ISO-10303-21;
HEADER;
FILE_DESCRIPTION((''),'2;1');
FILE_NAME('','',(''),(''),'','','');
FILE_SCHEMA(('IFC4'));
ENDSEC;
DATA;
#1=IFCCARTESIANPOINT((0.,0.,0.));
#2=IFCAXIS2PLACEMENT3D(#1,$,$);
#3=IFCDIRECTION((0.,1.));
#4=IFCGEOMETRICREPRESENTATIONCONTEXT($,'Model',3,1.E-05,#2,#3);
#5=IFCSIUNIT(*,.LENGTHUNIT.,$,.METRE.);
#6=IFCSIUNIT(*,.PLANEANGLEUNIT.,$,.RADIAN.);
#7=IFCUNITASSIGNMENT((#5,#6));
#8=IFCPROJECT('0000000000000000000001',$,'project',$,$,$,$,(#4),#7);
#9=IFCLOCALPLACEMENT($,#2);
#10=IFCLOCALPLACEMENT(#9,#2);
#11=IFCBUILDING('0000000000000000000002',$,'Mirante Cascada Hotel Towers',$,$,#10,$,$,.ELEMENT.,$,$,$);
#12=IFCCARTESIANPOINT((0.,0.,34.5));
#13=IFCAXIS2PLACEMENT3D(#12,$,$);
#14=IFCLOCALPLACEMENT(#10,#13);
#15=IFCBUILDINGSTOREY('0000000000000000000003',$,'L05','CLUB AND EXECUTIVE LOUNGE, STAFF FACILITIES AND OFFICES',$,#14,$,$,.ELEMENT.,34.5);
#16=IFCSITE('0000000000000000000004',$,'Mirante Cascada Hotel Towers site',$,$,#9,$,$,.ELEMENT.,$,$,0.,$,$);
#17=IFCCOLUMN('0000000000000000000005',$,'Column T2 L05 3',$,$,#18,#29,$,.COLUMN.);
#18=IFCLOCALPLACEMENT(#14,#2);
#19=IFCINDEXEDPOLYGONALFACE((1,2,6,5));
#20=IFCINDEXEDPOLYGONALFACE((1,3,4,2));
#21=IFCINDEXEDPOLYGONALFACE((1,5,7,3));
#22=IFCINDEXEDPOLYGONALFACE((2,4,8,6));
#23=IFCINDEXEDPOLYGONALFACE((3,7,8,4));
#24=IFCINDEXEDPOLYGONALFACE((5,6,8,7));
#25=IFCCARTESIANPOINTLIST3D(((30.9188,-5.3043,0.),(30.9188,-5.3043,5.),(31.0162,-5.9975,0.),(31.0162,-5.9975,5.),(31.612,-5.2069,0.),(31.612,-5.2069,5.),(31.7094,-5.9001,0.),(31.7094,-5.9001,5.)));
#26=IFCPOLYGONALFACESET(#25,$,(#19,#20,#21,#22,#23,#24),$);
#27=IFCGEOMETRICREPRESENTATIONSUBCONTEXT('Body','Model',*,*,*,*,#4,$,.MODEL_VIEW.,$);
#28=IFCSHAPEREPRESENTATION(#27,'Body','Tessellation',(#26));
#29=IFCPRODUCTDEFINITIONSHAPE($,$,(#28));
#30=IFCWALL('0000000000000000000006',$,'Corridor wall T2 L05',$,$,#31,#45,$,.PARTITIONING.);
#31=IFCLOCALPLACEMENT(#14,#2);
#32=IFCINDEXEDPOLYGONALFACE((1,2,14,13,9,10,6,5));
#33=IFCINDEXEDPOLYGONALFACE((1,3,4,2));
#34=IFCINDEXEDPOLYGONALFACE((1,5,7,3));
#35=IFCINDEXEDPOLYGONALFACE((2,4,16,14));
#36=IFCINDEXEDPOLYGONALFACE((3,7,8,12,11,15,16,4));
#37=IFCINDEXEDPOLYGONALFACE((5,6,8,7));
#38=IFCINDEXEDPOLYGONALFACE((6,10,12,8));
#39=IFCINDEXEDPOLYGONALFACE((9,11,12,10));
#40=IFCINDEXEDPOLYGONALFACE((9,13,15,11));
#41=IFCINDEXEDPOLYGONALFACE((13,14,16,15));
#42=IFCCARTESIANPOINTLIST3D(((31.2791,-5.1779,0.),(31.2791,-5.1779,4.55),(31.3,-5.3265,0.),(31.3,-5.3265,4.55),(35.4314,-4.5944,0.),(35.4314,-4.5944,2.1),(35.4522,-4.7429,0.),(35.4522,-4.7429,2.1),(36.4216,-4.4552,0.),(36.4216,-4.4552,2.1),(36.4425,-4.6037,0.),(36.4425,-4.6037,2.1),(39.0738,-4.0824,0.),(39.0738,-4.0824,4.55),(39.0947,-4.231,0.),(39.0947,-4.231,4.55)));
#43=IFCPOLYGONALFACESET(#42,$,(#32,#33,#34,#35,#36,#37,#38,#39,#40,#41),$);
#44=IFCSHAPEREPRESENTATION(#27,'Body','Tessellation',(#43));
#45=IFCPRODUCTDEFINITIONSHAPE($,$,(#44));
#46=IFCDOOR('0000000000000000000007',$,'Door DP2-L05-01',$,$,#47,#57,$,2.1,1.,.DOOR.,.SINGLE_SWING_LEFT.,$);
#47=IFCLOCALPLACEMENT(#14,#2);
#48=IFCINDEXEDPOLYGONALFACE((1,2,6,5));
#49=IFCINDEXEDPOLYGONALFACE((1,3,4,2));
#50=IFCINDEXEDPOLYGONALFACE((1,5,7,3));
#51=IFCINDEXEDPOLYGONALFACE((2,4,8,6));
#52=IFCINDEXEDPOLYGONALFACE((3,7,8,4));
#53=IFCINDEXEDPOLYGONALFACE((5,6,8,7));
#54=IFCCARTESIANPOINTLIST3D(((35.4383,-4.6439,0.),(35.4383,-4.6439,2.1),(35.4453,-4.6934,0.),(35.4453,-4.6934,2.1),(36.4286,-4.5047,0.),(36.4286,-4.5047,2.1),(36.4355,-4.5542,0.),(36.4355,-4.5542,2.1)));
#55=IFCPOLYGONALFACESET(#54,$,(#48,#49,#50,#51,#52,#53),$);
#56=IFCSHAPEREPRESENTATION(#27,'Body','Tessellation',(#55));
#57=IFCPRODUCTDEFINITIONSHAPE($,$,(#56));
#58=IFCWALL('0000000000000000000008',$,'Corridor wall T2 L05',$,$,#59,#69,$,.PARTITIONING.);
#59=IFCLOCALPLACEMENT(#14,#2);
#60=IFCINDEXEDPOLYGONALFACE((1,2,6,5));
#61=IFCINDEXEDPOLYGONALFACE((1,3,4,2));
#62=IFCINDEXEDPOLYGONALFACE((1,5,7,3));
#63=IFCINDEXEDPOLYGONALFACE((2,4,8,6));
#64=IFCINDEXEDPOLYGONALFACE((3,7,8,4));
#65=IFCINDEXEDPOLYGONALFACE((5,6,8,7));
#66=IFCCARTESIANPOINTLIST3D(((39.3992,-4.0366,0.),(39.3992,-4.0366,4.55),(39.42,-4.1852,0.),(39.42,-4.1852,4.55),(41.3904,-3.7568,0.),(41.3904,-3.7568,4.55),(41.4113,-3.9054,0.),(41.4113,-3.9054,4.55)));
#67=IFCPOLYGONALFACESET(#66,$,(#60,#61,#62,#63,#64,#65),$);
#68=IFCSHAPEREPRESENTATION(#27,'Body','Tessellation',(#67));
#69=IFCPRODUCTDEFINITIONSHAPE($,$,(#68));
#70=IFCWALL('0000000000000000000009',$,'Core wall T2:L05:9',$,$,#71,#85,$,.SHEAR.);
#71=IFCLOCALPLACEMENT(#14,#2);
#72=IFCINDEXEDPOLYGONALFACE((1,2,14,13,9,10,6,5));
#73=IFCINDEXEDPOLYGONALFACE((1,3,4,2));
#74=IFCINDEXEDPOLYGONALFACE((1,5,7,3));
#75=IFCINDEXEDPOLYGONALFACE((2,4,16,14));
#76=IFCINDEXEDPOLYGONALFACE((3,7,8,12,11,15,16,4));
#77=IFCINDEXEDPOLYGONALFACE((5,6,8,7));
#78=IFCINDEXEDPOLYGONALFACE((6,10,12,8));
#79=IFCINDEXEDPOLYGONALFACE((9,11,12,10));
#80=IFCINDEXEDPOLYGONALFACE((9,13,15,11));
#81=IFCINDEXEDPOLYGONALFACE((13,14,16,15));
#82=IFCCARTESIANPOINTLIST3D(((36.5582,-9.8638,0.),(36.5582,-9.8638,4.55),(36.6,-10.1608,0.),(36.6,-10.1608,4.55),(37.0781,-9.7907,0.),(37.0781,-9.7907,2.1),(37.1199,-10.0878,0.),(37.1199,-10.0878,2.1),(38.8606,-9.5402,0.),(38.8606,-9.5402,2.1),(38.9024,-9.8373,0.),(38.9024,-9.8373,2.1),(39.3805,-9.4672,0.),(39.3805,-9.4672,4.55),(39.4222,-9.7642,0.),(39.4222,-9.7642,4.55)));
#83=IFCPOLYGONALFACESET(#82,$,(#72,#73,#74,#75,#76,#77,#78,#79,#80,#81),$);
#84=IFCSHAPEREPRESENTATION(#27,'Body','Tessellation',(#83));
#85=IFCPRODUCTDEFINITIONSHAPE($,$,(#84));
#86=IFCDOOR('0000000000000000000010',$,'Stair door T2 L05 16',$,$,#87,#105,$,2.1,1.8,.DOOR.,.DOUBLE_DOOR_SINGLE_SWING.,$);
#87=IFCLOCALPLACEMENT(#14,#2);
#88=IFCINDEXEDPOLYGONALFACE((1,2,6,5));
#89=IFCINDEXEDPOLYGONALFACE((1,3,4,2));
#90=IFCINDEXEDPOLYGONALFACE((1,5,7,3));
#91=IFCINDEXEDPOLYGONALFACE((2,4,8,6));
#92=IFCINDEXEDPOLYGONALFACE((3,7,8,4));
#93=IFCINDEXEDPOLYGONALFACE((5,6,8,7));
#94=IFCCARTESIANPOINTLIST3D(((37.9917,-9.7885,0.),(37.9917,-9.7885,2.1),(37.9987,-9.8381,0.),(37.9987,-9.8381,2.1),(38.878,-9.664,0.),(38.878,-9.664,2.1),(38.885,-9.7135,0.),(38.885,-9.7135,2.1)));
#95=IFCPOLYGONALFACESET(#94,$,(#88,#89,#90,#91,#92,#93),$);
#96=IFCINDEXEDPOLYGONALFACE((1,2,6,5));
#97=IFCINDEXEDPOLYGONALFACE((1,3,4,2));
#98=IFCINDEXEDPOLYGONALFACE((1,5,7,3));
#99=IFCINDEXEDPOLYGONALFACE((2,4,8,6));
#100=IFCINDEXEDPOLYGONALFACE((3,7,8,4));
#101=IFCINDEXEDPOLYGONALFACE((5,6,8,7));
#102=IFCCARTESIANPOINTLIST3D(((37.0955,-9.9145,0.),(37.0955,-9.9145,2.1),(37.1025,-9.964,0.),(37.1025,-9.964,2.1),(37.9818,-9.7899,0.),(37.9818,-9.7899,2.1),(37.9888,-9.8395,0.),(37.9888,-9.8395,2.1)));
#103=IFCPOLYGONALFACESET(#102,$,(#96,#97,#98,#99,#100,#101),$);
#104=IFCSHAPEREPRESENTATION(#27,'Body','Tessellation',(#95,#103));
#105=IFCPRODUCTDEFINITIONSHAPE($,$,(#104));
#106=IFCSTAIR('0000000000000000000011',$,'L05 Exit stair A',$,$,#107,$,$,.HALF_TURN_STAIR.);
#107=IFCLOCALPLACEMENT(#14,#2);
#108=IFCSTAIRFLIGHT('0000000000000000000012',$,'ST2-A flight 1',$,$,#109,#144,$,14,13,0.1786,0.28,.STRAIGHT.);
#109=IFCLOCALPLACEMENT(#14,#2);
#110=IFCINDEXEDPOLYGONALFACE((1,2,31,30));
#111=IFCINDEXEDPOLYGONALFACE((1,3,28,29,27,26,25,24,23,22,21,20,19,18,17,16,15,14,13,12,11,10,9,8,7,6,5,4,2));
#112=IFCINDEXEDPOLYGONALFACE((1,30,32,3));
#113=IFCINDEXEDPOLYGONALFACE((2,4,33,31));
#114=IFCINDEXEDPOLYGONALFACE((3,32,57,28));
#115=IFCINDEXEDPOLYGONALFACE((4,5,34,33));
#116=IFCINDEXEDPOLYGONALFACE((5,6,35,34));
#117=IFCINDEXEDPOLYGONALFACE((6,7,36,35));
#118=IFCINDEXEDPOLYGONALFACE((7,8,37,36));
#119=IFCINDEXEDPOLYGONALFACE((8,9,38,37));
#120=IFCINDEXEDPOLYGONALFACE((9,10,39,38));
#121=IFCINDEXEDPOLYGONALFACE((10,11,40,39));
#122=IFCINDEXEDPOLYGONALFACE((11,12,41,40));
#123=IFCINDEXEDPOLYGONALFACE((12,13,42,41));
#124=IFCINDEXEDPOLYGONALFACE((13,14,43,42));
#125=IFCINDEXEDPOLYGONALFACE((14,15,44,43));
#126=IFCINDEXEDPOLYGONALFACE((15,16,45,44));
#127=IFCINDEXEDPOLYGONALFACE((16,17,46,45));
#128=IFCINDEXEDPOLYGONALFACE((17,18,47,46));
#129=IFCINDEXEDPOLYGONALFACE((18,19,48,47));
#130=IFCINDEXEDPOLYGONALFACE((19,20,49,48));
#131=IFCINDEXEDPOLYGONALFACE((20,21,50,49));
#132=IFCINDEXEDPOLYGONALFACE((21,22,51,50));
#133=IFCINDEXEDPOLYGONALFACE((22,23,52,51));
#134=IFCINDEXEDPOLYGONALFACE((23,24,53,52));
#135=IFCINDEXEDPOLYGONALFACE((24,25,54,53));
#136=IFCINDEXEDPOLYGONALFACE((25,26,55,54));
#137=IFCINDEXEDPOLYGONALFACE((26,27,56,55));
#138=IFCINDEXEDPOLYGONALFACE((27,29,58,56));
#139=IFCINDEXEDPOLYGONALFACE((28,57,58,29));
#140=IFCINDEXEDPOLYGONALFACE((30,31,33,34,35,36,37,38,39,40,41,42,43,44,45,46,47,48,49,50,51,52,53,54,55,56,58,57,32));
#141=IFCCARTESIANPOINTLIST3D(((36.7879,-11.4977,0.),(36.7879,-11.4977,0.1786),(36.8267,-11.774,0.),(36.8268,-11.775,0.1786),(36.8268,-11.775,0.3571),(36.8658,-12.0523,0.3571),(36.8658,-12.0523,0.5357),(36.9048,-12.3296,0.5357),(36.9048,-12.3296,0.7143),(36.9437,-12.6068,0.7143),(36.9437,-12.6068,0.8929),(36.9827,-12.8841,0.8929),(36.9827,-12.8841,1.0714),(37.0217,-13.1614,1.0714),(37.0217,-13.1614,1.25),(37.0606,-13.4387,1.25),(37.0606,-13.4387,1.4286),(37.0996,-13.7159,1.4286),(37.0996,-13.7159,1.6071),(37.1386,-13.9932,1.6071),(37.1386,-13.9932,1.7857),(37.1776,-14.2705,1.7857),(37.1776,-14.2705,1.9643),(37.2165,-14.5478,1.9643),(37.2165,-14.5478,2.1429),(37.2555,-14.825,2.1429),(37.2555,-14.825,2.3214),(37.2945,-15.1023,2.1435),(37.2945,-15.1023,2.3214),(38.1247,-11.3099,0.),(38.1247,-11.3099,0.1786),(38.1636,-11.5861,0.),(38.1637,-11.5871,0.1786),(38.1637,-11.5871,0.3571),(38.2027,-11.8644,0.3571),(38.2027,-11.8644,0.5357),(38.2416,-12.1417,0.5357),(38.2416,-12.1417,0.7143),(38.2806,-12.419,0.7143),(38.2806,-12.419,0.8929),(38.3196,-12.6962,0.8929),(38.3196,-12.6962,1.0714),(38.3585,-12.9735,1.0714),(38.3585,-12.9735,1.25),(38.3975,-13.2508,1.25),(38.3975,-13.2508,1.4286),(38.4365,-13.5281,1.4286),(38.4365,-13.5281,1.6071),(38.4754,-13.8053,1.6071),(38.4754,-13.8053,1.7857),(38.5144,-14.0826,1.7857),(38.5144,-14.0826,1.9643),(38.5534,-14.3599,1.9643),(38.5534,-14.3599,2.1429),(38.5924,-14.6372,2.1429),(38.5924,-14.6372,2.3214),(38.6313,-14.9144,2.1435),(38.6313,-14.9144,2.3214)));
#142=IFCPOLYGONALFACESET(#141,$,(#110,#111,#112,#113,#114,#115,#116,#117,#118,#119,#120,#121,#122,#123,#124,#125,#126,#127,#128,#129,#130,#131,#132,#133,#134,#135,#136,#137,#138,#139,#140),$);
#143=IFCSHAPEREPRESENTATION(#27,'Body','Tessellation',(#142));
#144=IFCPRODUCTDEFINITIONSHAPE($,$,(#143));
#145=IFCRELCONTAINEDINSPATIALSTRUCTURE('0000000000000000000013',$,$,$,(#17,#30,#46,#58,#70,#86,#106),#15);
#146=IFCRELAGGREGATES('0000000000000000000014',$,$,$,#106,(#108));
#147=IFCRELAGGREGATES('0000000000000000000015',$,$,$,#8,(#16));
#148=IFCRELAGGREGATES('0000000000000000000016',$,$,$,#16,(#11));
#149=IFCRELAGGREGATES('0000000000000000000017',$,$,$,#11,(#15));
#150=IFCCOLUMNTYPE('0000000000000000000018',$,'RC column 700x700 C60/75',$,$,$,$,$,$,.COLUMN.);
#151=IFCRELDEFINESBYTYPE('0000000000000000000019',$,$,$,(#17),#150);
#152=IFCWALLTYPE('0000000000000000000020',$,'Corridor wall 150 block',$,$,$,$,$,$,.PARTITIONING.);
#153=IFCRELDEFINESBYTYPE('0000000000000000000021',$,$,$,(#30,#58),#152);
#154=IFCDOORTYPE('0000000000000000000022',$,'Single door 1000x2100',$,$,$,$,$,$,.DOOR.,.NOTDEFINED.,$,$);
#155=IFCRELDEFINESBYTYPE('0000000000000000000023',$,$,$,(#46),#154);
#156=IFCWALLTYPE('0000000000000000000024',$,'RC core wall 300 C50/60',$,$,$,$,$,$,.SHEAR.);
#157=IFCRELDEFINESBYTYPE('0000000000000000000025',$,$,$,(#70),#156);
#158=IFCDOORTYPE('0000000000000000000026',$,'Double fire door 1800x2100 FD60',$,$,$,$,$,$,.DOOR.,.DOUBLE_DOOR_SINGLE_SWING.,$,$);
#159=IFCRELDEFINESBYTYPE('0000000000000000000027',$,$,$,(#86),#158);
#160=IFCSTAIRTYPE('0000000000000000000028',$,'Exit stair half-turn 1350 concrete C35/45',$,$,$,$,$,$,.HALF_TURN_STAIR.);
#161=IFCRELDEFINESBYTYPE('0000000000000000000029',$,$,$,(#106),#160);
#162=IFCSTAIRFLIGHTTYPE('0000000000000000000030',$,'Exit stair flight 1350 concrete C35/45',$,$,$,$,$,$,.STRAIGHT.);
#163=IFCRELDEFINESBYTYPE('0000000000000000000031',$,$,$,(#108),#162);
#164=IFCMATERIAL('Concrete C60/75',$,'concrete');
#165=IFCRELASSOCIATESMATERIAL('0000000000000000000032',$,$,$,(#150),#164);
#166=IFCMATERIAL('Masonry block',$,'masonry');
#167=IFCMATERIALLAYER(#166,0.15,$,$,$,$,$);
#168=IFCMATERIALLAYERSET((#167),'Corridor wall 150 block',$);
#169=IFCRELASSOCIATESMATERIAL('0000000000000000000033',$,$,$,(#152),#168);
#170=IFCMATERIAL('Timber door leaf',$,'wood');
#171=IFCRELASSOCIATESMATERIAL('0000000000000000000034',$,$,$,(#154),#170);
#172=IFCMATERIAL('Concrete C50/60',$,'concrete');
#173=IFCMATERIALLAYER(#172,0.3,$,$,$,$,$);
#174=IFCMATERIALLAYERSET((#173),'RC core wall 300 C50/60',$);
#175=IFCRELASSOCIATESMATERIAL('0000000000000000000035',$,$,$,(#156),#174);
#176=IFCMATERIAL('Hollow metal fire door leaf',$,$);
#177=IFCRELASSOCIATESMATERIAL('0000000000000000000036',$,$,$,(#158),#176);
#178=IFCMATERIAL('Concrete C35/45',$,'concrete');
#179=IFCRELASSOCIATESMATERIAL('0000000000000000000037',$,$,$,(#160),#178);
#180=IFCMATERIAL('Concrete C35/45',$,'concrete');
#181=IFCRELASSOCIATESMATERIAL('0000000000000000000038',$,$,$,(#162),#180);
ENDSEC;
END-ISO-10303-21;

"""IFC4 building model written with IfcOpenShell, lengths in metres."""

from ifc_helpers import new_model, si_unit, direction, frame, frame_2d, origin, origin_2d, place, context, subcontext, project, spatial, polyline, rectangle, outline, extrude, material, layer, layer_set, material_profile, profile_set, type_object, element, fill, aggregate, save


model = new_model("IFC4")

# Units and contexts
model_context = context("Model", 3, precision=1e-05, world=origin(), true_north=direction((0.0, 1.0)))
body_context = subcontext(model_context, "Body", "Model", "MODEL_VIEW")
ifc_project = project(units=[si_unit("LENGTHUNIT", "METRE"), si_unit("PLANEANGLEUNIT", "RADIAN")], contexts=[model_context])

# Site, building, storey
site_placement = place(None, origin())
site = spatial("IfcSite", under=ifc_project, at=site_placement, Name="Mirante Cascada Hotel Towers site", CompositionType="ELEMENT", RefElevation=0.0)
building_placement = place(site_placement, origin())
building = spatial("IfcBuilding", under=site, at=building_placement, Name="Mirante Cascada Hotel Towers", CompositionType="ELEMENT")
storey_placement = place(building_placement, frame((0.0, 0.0, 34.5)))
storey = spatial("IfcBuildingStorey", under=building, at=storey_placement, Name="L05", Description="CLUB AND EXECUTIVE LOUNGE, STAFF FACILITIES AND OFFICES", CompositionType="ELEMENT", Elevation=34.5)

# Column
ifc_material_1 = material(Name="Concrete C60/75", Category="concrete")
ifc_material_profile = material_profile(ifc_material_1, rectangle(XDim=0.7, YDim=0.7, at=origin_2d()), Name="RC column 700x700 C60/75")
ifc_profile_set = profile_set([ifc_material_profile], Name="Concrete C60/75")
column_type = type_object("IfcColumnType", Name="RC column 700x700 C60/75", PredefinedType="COLUMN", material=ifc_profile_set)
column_placement = place(storey_placement, frame((31.3141, -5.6022, 0.0), z_axis=(0.0, 0.0, 1.0), x_axis=(0.990268, 0.139173, 0.0)))
element("IfcColumn", 1, at=column_placement, inside=storey, type_object=column_type, Name="Column T2 L05 3", PredefinedType="COLUMN", context=body_context, shape_type="SweptSolid", body=[
    extrude(rectangle(XDim=0.7, YDim=0.7, at=origin_2d()), origin(), (0.0, 0.0, 1.0), 5.0),
])

# Wall, opening, door
ifc_material_2 = material(Name="Masonry block", Category="masonry")
ifc_layer_1 = layer(ifc_material_2, 0.15)
ifc_layer_set_1 = layer_set([ifc_layer_1], Name="Corridor wall 150 block")
wall_type_1 = type_object("IfcWallType", Name="Corridor wall 150 block", PredefinedType="PARTITIONING", material=ifc_layer_set_1)
wall_1_placement = place(storey_placement, frame((31.2896, -5.2522, 0.0), z_axis=(0.0, 0.0, 1.0), x_axis=(0.990268, 0.139176, 0.0)))
wall_1 = element("IfcWall", 2, at=wall_1_placement, inside=storey, type_object=wall_type_1, Name="Corridor wall T2 L05", PredefinedType="PARTITIONING", context=body_context, shape_type="SweptSolid", body=[
    extrude(rectangle(XDim=7.8713, YDim=0.15, at=frame_2d((3.9356, 0.0))), origin(), (0.0, 0.0, 1.0), 4.55),
])
opening_1_placement = place(wall_1_placement, frame((4.193, 0.0, 0.0)))
opening_1 = element("IfcOpeningElement", 3, at=opening_1_placement, cuts=wall_1, PredefinedType="OPENING", context=body_context, shape_type="SweptSolid", body=[
    extrude(rectangle(XDim=1.0, YDim=2.1, at=frame_2d((0.5, 1.05))), frame((0.0, 0.075, 0.0), z_axis=(0.0, -1.0, 0.0), x_axis=(1.0, 0.0, 0.0)), (0.0, 0.0, 1.0), 0.15),
])
ifc_material_3 = material(Name="Timber door leaf", Category="wood")
door_type_1 = type_object("IfcDoorType", Name="Single door 1000x2100", OperationType="NOTDEFINED", PredefinedType="DOOR", material=ifc_material_3)
door_1_placement = place(opening_1_placement, frame((1.0, 0.0, 0.0), z_axis=(0.0, 0.0, 1.0), x_axis=(-1.0, 0.0, 0.0)))
door_1 = element("IfcDoor", 4, at=door_1_placement, inside=storey, type_object=door_type_1, Name="Door DP2-L05-01", OperationType="SINGLE_SWING_LEFT", OverallHeight=2.1, OverallWidth=1.0, PredefinedType="DOOR", context=body_context, shape_type="SweptSolid", body=[
    extrude(rectangle(XDim=1.0, YDim=2.1, at=frame_2d((0.5, 1.05))), frame((0.0, 0.025, 0.0), z_axis=(0.0, -1.0, 0.0), x_axis=(1.0, 0.0, 0.0)), (0.0, 0.0, 1.0), 0.05),
])
fill(opening_1, door_1)

# Wall
wall_2_placement = place(storey_placement, frame((39.4096, -4.1109, 0.0), z_axis=(0.0, 0.0, 1.0), x_axis=(0.990271, 0.139151, 0.0)))
element("IfcWall", 5, at=wall_2_placement, inside=storey, type_object=wall_type_1, Name="Corridor wall T2 L05", PredefinedType="PARTITIONING", context=body_context, shape_type="SweptSolid", body=[
    extrude(rectangle(XDim=2.0108, YDim=0.15, at=frame_2d((1.0054, 0.0))), origin(), (0.0, 0.0, 1.0), 4.55),
])

# Wall, opening, door
ifc_material_4 = material(Name="Concrete C50/60", Category="concrete")
ifc_layer_2 = layer(ifc_material_4, 0.3)
ifc_layer_set_2 = layer_set([ifc_layer_2], Name="RC core wall 300 C50/60")
wall_type_2 = type_object("IfcWallType", Name="RC core wall 300 C50/60", PredefinedType="SHEAR", material=ifc_layer_set_2)
wall_3_placement = place(storey_placement, frame((36.5791, -10.0123, 0.0), z_axis=(0.0, 0.0, 1.0), x_axis=(0.99027, 0.139156, 0.0)))
wall_3 = element("IfcWall", 6, at=wall_3_placement, inside=storey, type_object=wall_type_2, Name="Core wall T2:L05:9", PredefinedType="SHEAR", context=body_context, shape_type="SweptSolid", body=[
    extrude(rectangle(XDim=2.85, YDim=0.3, at=frame_2d((1.425, 0.0))), origin(), (0.0, 0.0, 1.0), 4.55),
])
opening_2_placement = place(wall_3_placement, frame((0.525, 0.0, 0.0)))
opening_2 = element("IfcOpeningElement", 7, at=opening_2_placement, cuts=wall_3, PredefinedType="OPENING", context=body_context, shape_type="SweptSolid", body=[
    extrude(rectangle(XDim=1.8, YDim=2.1, at=frame_2d((0.9, 1.05))), frame((0.0, 0.15, 0.0), z_axis=(0.0, -1.0, 0.0), x_axis=(1.0, 0.0, 0.0)), (0.0, 0.0, 1.0), 0.3),
])
ifc_material_5 = material(Name="Hollow metal fire door leaf")
door_type_2 = type_object("IfcDoorType", Name="Double fire door 1800x2100 FD60", OperationType="DOUBLE_DOOR_SINGLE_SWING", PredefinedType="DOOR", material=ifc_material_5)
door_2_placement = place(opening_2_placement, frame((1.8, 0.0, 0.0), z_axis=(0.0, 0.0, 1.0), x_axis=(-1.0, 0.0, 0.0)))
door_2 = element("IfcDoor", 8, at=door_2_placement, inside=storey, type_object=door_type_2, Name="Stair door T2 L05 16", OperationType="DOUBLE_DOOR_SINGLE_SWING", OverallHeight=2.1, OverallWidth=1.8, PredefinedType="DOOR", context=body_context, shape_type="SweptSolid", body=[
    extrude(rectangle(XDim=0.895, YDim=2.1, at=frame_2d((0.4475, 1.05))), frame((0.0, 0.025, 0.0), z_axis=(0.0, -1.0, 0.0), x_axis=(1.0, 0.0, 0.0)), (0.0, 0.0, 1.0), 0.05),
    extrude(rectangle(XDim=0.895, YDim=2.1, at=frame_2d((1.3525, 1.05))), frame((0.0, 0.025, 0.0), z_axis=(0.0, -1.0, 0.0), x_axis=(1.0, 0.0, 0.0)), (0.0, 0.0, 1.0), 0.05),
])
fill(opening_2, door_2)

# Stair, stair flight
ifc_material_6 = material(Name="Concrete C35/45", Category="concrete")
stair_type = type_object("IfcStairType", Name="Exit stair half-turn 1350 concrete C35/45", PredefinedType="HALF_TURN_STAIR", material=ifc_material_6)
stair_placement = place(storey_placement, origin())
stair = element("IfcStair", 9, at=stair_placement, inside=storey, type_object=stair_type, Name="L05 Exit stair A", PredefinedType="HALF_TURN_STAIR")
ifc_material_7 = material(Name="Concrete C35/45", Category="concrete")
stair_flight_type = type_object("IfcStairFlightType", Name="Exit stair flight 1350 concrete C35/45", PredefinedType="STRAIGHT", material=ifc_material_7)
stair_flight_placement = place(storey_placement, frame((37.4563, -11.4038, 0.0), z_axis=(0.0, 0.0, 1.0), x_axis=(0.139173, -0.990268, 0.0)))
stair_flight = element("IfcStairFlight", 10, at=stair_flight_placement, type_object=stair_flight_type, Name="ST2-A flight 1", NumberOfRisers=14, NumberOfTreads=13, PredefinedType="STRAIGHT", RiserHeight=0.1786, TreadLength=0.28, context=body_context, shape_type="SweptSolid", body=[
    extrude(outline(polyline([(0.0, 0.0), (0.0, 0.1786), (0.28, 0.1786), (0.28, 0.3571), (0.56, 0.3571), (0.56, 0.5357), (0.84, 0.5357), (0.84, 0.7143), (1.12, 0.7143), (1.12, 0.8929), (1.4, 0.8929), (1.4, 1.0714), (1.68, 1.0714), (1.68, 1.25), (1.96, 1.25), (1.96, 1.4286), (2.24, 1.4286), (2.24, 1.6071), (2.52, 1.6071), (2.52, 1.7857), (2.8, 1.7857), (2.8, 1.9643), (3.08, 1.9643), (3.08, 2.1429), (3.36, 2.1429), (3.36, 2.3214), (3.64, 2.3214), (3.64, 2.5), (3.64, 2.1435), (0.279, 0.0), (0.0, 0.0)])), frame((0.0, 0.675, 0.0), z_axis=(0.0, -1.0, 0.0), x_axis=(1.0, 0.0, 0.0)), (0.0, 0.0, 1.0), 1.35),
])
aggregate(stair, [stair_flight])

save(model, "model.ifc")
